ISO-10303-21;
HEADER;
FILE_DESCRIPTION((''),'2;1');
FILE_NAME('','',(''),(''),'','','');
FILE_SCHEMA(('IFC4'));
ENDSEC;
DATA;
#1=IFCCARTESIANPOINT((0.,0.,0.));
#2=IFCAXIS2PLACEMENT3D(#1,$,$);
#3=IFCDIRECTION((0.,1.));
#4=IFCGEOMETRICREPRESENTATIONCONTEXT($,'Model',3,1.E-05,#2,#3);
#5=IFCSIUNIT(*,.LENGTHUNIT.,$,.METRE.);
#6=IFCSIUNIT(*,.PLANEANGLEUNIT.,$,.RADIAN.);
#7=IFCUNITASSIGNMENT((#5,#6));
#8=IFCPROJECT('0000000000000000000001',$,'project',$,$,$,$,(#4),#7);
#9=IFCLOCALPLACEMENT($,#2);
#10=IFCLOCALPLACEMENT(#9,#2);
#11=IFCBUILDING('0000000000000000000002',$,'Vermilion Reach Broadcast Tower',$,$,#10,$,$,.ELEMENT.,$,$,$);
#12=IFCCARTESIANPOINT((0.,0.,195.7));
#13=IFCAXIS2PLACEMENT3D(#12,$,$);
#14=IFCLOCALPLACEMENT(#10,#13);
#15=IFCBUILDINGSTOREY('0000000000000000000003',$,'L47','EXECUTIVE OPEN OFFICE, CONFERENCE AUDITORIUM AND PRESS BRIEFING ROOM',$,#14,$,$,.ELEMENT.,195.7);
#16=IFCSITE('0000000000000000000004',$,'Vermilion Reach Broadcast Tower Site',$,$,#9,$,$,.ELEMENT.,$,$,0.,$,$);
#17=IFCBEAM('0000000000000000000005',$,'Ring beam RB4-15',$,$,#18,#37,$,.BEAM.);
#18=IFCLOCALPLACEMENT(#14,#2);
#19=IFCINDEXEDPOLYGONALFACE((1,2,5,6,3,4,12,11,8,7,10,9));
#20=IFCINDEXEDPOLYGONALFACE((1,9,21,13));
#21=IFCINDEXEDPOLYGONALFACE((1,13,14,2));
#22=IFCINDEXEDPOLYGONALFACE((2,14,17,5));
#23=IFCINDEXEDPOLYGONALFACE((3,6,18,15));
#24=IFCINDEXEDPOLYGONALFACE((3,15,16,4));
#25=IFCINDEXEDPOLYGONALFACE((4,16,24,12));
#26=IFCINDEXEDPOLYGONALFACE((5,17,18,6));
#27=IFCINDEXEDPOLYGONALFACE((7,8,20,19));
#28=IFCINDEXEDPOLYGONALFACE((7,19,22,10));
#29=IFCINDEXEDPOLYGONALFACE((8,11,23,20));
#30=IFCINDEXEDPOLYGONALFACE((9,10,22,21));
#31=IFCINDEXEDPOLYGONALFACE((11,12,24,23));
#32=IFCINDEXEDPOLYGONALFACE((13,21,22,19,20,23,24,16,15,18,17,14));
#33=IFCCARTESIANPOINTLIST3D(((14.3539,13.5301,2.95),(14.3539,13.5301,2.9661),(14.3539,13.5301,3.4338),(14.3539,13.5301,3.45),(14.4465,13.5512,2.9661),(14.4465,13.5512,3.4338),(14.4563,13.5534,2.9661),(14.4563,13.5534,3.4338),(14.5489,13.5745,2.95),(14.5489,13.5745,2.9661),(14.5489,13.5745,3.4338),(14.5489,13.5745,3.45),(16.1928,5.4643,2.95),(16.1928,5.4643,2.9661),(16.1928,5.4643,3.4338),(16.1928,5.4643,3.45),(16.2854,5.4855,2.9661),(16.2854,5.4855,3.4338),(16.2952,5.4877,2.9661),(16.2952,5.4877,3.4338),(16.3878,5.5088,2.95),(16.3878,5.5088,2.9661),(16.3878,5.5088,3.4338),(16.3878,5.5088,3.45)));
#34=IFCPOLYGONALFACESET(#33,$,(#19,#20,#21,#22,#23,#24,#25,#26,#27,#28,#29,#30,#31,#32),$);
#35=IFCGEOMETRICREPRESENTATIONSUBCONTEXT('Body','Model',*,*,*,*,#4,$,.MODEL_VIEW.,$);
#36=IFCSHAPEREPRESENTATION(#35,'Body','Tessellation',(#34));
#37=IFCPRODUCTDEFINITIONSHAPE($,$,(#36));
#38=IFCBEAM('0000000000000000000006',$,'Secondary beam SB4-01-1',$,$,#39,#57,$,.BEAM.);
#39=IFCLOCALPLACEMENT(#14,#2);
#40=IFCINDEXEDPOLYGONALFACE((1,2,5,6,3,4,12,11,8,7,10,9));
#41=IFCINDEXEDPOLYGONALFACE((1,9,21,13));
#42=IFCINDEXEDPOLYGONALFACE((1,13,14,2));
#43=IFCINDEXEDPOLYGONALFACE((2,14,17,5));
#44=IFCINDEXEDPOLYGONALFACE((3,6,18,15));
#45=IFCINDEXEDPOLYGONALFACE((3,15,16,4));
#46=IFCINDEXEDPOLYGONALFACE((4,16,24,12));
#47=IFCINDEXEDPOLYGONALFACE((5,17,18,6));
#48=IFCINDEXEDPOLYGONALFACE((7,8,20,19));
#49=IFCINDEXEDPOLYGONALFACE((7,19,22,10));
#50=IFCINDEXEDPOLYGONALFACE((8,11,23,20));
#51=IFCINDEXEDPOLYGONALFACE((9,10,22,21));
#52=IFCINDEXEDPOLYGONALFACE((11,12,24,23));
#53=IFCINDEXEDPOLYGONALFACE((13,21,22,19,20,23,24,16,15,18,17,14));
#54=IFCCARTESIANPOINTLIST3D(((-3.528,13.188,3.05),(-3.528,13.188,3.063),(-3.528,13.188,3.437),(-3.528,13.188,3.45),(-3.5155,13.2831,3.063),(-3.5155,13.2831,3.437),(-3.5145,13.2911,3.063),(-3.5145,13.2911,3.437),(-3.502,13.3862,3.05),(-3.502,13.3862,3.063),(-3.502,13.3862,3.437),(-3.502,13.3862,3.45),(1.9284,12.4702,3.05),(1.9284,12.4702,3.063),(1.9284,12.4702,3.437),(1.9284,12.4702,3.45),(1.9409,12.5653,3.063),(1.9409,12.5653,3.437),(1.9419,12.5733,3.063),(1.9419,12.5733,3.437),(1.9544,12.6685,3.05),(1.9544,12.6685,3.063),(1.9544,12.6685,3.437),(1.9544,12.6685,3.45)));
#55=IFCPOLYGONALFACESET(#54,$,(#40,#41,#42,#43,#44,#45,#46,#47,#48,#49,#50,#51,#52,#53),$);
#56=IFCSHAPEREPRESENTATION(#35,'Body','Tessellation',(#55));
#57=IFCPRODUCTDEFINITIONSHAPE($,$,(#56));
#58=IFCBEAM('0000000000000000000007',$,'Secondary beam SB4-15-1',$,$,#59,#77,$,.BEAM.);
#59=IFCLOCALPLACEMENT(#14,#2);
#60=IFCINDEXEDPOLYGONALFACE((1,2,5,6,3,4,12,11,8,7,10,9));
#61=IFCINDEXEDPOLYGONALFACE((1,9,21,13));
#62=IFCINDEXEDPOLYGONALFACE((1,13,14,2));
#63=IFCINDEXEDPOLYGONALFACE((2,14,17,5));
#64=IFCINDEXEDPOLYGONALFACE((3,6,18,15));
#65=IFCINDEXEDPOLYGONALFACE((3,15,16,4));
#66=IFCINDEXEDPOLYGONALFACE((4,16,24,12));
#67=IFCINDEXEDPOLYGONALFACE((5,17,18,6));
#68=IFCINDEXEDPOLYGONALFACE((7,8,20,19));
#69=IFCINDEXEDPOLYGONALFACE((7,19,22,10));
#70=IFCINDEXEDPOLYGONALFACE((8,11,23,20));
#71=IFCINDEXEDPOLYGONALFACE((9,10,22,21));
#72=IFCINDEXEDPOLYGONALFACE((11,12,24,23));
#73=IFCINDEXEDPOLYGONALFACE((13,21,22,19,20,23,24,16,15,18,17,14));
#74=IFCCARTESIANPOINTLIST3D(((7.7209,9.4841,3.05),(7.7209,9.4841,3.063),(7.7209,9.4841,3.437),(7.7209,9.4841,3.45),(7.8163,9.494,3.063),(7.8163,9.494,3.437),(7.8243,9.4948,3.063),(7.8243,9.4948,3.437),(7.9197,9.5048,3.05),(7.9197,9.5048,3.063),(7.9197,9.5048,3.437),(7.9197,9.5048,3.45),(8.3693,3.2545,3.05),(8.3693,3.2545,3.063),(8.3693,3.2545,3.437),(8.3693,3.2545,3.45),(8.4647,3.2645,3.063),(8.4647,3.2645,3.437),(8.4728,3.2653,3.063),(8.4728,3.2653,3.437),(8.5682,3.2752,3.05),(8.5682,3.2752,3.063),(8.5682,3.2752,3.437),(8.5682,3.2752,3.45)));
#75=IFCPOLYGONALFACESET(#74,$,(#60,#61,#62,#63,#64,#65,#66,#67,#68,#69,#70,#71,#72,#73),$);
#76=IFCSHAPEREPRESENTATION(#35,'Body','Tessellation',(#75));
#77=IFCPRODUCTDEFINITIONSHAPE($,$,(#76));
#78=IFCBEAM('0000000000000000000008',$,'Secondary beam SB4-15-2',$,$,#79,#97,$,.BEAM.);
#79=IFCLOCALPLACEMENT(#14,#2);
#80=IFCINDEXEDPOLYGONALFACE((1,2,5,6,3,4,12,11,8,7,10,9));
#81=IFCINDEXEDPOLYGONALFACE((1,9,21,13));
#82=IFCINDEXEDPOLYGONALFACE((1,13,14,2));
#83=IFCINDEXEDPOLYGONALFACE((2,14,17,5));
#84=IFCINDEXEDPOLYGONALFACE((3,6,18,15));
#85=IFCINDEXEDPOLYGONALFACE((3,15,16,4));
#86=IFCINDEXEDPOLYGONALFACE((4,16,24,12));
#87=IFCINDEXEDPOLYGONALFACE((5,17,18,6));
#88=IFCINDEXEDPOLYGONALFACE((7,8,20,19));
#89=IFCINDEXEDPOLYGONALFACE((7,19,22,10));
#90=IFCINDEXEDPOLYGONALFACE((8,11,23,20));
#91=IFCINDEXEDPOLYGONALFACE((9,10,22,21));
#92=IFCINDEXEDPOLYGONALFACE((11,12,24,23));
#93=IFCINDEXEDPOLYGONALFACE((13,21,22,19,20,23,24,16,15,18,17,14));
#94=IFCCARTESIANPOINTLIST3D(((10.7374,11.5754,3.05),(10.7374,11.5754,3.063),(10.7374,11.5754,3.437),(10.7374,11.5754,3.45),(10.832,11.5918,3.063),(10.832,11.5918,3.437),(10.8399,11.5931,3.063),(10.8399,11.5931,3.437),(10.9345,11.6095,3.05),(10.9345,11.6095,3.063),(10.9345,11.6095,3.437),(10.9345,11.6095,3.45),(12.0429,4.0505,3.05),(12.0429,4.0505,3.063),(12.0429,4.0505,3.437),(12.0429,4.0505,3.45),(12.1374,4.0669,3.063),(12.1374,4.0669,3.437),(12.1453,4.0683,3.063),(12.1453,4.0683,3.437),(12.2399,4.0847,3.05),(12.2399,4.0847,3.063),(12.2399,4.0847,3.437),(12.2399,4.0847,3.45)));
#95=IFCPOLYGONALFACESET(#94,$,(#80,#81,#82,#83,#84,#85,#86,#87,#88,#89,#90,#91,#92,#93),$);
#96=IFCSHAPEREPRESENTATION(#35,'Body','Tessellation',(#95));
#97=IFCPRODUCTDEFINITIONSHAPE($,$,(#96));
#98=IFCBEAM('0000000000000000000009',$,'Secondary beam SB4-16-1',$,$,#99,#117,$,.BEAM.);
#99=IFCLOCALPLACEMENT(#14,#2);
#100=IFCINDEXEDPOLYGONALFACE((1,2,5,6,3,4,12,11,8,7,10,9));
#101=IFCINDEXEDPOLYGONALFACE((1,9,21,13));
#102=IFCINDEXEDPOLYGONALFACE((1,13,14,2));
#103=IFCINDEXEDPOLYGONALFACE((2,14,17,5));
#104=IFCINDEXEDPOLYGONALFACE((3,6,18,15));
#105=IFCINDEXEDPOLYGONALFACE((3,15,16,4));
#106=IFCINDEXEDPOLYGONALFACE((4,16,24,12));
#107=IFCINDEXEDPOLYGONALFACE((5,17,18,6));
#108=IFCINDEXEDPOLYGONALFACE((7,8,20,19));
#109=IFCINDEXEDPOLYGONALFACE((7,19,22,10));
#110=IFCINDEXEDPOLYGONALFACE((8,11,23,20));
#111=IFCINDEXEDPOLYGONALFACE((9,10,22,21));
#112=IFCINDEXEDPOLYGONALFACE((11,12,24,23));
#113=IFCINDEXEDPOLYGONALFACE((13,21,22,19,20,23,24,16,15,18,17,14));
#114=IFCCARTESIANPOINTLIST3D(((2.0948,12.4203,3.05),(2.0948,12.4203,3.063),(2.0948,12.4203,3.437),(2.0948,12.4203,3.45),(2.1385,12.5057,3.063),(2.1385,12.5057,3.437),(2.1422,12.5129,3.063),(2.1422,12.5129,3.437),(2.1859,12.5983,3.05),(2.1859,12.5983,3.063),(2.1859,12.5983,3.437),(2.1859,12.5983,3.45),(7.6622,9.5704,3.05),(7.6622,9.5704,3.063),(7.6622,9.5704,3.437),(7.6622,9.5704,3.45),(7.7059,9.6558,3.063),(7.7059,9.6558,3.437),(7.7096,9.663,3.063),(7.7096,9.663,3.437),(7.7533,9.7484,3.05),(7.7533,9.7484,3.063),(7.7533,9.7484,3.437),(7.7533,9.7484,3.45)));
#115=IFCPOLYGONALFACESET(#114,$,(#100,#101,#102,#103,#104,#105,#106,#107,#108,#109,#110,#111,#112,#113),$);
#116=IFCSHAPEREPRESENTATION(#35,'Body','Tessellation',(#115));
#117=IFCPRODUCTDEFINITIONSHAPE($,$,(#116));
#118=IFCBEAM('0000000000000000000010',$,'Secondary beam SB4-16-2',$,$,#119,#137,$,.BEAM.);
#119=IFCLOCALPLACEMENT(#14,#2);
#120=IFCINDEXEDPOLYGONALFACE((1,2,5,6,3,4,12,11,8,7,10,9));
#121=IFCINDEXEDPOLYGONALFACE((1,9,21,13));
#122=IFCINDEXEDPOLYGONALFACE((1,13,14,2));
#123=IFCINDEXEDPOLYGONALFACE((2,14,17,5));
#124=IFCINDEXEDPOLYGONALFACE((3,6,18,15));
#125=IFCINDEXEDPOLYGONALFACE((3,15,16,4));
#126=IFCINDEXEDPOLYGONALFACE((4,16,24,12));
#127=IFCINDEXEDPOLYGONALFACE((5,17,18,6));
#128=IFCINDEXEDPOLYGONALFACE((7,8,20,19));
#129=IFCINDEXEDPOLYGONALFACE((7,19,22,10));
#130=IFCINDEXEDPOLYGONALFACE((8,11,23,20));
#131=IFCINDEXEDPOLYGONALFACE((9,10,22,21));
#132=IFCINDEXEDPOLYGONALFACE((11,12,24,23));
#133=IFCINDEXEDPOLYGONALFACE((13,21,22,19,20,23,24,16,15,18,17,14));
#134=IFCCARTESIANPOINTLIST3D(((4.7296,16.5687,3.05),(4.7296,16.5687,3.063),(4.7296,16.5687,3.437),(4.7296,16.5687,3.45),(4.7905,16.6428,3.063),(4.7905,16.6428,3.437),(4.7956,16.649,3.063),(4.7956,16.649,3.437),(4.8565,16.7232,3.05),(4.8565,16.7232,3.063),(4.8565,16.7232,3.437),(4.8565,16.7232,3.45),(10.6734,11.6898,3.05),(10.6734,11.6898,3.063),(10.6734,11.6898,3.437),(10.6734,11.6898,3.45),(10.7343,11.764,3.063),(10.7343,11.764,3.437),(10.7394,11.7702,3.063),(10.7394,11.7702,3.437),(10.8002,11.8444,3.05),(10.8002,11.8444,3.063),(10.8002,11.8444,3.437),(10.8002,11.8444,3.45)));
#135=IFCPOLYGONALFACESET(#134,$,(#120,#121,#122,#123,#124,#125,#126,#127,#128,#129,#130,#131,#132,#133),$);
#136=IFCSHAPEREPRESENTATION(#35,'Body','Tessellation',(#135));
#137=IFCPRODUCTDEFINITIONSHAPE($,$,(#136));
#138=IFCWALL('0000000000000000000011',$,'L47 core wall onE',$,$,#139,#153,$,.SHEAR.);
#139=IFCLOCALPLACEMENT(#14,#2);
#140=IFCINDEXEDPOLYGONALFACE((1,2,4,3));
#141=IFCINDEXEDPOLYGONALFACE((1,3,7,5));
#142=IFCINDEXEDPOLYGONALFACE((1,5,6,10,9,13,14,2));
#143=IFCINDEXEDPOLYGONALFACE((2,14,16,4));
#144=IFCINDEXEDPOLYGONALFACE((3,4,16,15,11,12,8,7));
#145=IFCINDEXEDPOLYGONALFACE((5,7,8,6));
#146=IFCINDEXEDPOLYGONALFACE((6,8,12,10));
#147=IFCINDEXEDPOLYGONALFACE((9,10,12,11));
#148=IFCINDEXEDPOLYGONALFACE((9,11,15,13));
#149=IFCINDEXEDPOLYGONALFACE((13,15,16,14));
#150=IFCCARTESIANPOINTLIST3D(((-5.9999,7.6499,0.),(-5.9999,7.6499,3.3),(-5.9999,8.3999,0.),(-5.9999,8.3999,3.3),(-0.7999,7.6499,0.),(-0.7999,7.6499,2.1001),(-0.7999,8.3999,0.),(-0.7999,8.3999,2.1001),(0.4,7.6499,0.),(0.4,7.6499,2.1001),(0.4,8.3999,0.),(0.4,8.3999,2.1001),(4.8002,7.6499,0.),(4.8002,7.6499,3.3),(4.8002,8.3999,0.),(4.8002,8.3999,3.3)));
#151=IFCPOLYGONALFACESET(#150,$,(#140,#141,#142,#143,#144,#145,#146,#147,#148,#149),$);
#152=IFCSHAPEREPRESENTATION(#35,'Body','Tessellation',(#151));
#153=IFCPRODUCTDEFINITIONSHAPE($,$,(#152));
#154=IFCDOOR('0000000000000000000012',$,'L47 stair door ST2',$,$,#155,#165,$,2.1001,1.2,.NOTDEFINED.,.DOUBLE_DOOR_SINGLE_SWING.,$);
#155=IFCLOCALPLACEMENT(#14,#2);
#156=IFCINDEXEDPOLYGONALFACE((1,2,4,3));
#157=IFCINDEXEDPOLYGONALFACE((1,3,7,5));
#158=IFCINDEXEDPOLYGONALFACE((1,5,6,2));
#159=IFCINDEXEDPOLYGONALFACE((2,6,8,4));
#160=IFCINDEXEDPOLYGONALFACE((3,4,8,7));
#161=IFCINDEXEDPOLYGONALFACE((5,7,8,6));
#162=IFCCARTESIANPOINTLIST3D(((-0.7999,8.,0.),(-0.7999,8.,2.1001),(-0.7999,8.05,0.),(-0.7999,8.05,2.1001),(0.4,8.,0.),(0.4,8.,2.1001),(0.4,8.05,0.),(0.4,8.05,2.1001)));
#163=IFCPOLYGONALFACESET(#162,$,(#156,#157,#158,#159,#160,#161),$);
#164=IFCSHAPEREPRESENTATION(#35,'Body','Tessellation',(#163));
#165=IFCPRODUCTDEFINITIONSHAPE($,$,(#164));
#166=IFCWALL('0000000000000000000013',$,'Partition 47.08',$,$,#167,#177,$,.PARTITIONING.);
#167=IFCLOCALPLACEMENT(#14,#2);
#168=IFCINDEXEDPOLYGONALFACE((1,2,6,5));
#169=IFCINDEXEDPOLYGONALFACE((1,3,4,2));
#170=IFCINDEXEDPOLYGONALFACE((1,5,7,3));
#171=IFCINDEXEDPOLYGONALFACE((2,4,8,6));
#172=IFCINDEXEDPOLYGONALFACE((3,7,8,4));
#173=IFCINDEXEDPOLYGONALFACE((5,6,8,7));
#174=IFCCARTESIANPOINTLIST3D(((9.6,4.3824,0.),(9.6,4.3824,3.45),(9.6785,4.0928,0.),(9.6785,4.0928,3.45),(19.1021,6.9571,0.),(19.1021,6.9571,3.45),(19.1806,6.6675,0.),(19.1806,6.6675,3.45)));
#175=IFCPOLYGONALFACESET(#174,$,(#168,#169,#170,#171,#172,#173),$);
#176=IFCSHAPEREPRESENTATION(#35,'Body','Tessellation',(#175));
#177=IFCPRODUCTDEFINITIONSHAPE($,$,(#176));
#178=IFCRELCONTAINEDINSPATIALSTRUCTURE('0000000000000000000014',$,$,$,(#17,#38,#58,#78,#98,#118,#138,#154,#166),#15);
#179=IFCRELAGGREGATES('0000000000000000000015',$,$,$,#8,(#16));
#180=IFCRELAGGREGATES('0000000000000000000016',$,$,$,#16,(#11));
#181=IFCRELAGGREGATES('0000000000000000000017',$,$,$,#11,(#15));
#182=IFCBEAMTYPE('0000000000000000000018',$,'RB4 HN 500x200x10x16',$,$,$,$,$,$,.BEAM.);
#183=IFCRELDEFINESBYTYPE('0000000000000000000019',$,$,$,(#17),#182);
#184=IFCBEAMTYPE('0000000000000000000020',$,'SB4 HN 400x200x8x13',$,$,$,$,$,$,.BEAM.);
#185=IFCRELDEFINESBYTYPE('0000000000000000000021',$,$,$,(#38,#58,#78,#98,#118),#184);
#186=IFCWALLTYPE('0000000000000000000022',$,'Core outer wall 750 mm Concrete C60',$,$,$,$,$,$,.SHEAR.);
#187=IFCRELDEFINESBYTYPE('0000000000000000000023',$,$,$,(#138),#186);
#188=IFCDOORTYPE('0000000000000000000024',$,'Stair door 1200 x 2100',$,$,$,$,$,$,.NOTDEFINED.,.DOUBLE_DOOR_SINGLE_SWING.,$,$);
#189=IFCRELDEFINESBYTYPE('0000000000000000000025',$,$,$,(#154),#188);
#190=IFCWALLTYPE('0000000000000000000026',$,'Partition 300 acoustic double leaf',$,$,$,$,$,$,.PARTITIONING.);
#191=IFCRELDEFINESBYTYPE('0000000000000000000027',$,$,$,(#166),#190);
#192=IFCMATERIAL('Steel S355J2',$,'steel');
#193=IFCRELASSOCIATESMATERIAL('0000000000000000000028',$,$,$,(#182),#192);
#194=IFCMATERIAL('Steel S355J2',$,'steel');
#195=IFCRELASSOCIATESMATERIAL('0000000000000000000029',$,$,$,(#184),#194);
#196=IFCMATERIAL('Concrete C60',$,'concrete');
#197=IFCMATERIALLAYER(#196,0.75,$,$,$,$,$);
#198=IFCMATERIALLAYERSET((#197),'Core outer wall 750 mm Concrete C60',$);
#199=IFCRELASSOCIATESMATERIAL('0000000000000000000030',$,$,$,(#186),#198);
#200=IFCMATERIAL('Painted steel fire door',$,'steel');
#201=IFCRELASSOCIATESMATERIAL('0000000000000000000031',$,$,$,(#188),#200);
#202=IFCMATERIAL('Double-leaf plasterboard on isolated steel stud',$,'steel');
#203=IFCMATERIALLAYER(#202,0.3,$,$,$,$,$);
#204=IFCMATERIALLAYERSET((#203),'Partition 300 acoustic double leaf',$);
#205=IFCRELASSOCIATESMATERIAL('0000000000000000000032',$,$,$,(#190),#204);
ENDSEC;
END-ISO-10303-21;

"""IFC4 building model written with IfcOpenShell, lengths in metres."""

from ifc_helpers import new_model, si_unit, direction, frame, frame_2d, origin, origin_2d, place, context, subcontext, project, spatial, rectangle, i_section, extrude, material, layer, layer_set, material_profile, profile_set, type_object, element, fill, save


model = new_model("IFC4")

# Units and contexts
model_context = context("Model", 3, precision=1e-05, world=origin(), true_north=direction((0.0, 1.0)))
body_context = subcontext(model_context, "Body", "Model", "MODEL_VIEW")
ifc_project = project(units=[si_unit("LENGTHUNIT", "METRE"), si_unit("PLANEANGLEUNIT", "RADIAN")], contexts=[model_context])

# Site, building, storey
site_placement = place(None, origin())
site = spatial("IfcSite", under=ifc_project, at=site_placement, Name="Vermilion Reach Broadcast Tower Site", CompositionType="ELEMENT", RefElevation=0.0)
building_placement = place(site_placement, origin())
building = spatial("IfcBuilding", under=site, at=building_placement, Name="Vermilion Reach Broadcast Tower", CompositionType="ELEMENT")
storey_placement = place(building_placement, frame((0.0, 0.0, 195.7)))
storey = spatial("IfcBuildingStorey", under=building, at=storey_placement, Name="L47", Description="EXECUTIVE OPEN OFFICE, CONFERENCE AUDITORIUM AND PRESS BRIEFING ROOM", CompositionType="ELEMENT", Elevation=195.7)

# Beams
ifc_material_1 = material(Name="Steel S355J2", Category="steel")
ifc_material_profile_1 = material_profile(ifc_material_1, i_section(OverallWidth=0.2, OverallDepth=0.5, WebThickness=0.01, FlangeThickness=0.0161, at=origin_2d()), Name="S355J2 HN 500x200x10x16")
ifc_profile_set_1 = profile_set([ifc_material_profile_1], Name="Steel S355J2")
beam_type_1 = type_object("IfcBeamType", Name="RB4 HN 500x200x10x16", PredefinedType="BEAM", material=ifc_profile_set_1)
beam_1_placement = place(storey_placement, frame((16.2903, 5.4866, 3.2), z_axis=(-0.222283, 0.974982, 0.0), x_axis=(-0.974982, -0.222283, 0.0)))
element("IfcBeam", 1, at=beam_1_placement, inside=storey, type_object=beam_type_1, Name="Ring beam RB4-15", PredefinedType="BEAM", context=body_context, shape_type="SweptSolid", body=[
    extrude(i_section(OverallWidth=0.2, OverallDepth=0.5, WebThickness=0.01, FlangeThickness=0.0161, at=origin_2d()), origin(), (0.0, 0.0, 1.0), 8.2727),
])
ifc_material_2 = material(Name="Steel S355J2", Category="steel")
ifc_material_profile_2 = material_profile(ifc_material_2, i_section(OverallWidth=0.2, OverallDepth=0.3999, WebThickness=0.0081, FlangeThickness=0.0129, at=origin_2d()), Name="S355J2 HN 400x200x8x13")
ifc_profile_set_2 = profile_set([ifc_material_profile_2], Name="Steel S355J2")
beam_type_2 = type_object("IfcBeamType", Name="SB4 HN 400x200x8x13", PredefinedType="BEAM", material=ifc_profile_set_2)
beam_2_placement = place(storey_placement, frame((1.9414, 12.5693, 3.25), z_axis=(-0.991458, 0.130426, 0.0), x_axis=(-0.130426, -0.991458, 0.0)))
element("IfcBeam", 2, at=beam_2_placement, inside=storey, type_object=beam_type_2, Name="Secondary beam SB4-01-1", PredefinedType="BEAM", context=body_context, shape_type="SweptSolid", body=[
    extrude(i_section(OverallWidth=0.2, OverallDepth=0.3999, WebThickness=0.0081, FlangeThickness=0.0129, at=origin_2d()), origin(), (0.0, 0.0, 1.0), 5.5034),
])
beam_3_placement = place(storey_placement, frame((8.4688, 3.2649, 3.25), z_axis=(-0.103532, 0.994626, 0.0), x_axis=(-0.994626, -0.103532, 0.0)))
element("IfcBeam", 3, at=beam_3_placement, inside=storey, type_object=beam_type_2, Name="Secondary beam SB4-15-1", PredefinedType="BEAM", context=body_context, shape_type="SweptSolid", body=[
    extrude(i_section(OverallWidth=0.2, OverallDepth=0.3999, WebThickness=0.0081, FlangeThickness=0.0129, at=origin_2d()), origin(), (0.0, 0.0, 1.0), 6.2632),
])
beam_4_placement = place(storey_placement, frame((12.1414, 4.0676, 3.25), z_axis=(-0.170927, 0.985284, 0.0), x_axis=(-0.985284, -0.170927, 0.0)))
element("IfcBeam", 4, at=beam_4_placement, inside=storey, type_object=beam_type_2, Name="Secondary beam SB4-15-2", PredefinedType="BEAM", context=body_context, shape_type="SweptSolid", body=[
    extrude(i_section(OverallWidth=0.2, OverallDepth=0.3999, WebThickness=0.0081, FlangeThickness=0.0129, at=origin_2d()), origin(), (0.0, 0.0, 1.0), 7.6372),
])
beam_5_placement = place(storey_placement, frame((7.7078, 9.6594, 3.25), z_axis=(-0.890156, 0.455656, 0.0), x_axis=(-0.455656, -0.890156, 0.0)))
element("IfcBeam", 5, at=beam_5_placement, inside=storey, type_object=beam_type_2, Name="Secondary beam SB4-16-1", PredefinedType="BEAM", context=body_context, shape_type="SweptSolid", body=[
    extrude(i_section(OverallWidth=0.2, OverallDepth=0.3999, WebThickness=0.0081, FlangeThickness=0.0129, at=origin_2d()), origin(), (0.0, 0.0, 1.0), 6.2544),
])
beam_6_placement = place(storey_placement, frame((10.7368, 11.7671, 3.25), z_axis=(-0.772952, 0.634465, 0.0), x_axis=(-0.634465, -0.772952, 0.0)))
element("IfcBeam", 6, at=beam_6_placement, inside=storey, type_object=beam_type_2, Name="Secondary beam SB4-16-2", PredefinedType="BEAM", context=body_context, shape_type="SweptSolid", body=[
    extrude(i_section(OverallWidth=0.2, OverallDepth=0.3999, WebThickness=0.0081, FlangeThickness=0.0129, at=origin_2d()), origin(), (0.0, 0.0, 1.0), 7.6897),
])

# Wall, opening, door
ifc_material_3 = material(Name="Concrete C60", Category="concrete")
ifc_layer_1 = layer(ifc_material_3, 0.75)
ifc_layer_set_1 = layer_set([ifc_layer_1], Name="Core outer wall 750 mm Concrete C60")
wall_type_1 = type_object("IfcWallType", Name="Core outer wall 750 mm Concrete C60", PredefinedType="SHEAR", material=ifc_layer_set_1)
wall_1_placement = place(storey_placement, frame((4.8, 8.0249, 0.0), z_axis=(0.0, 0.0, 1.0), x_axis=(-1.0, 0.0, 0.0)))
wall_1 = element("IfcWall", 7, at=wall_1_placement, inside=storey, type_object=wall_type_1, Name="L47 core wall onE", PredefinedType="SHEAR", context=body_context, shape_type="SweptSolid", body=[
    extrude(rectangle(XDim=10.8, YDim=0.75, at=frame_2d((5.3999, 0.0))), origin(), (0.0, 0.0, 1.0), 3.3),
])
opening_1_placement = place(wall_1_placement, frame((4.3999, 0.0, 0.0)))
opening_1 = element("IfcOpeningElement", 8, at=opening_1_placement, cuts=wall_1, PredefinedType="OPENING", context=body_context, shape_type="SweptSolid", body=[
    extrude(rectangle(XDim=1.2, YDim=2.1001, at=frame_2d((0.6001, 1.05))), frame((0.0, 0.385, 0.0), z_axis=(0.0, -1.0, 0.0), x_axis=(1.0, 0.0, 0.0)), (0.0, 0.0, 1.0), 0.77),
])
ifc_material_4 = material(Name="Painted steel fire door", Category="steel")
door_type_1 = type_object("IfcDoorType", Name="Stair door 1200 x 2100", OperationType="DOUBLE_DOOR_SINGLE_SWING", PredefinedType="NOTDEFINED", material=ifc_material_4)
door_1_placement = place(opening_1_placement, origin())
door_1 = element("IfcDoor", 9, at=door_1_placement, inside=storey, type_object=door_type_1, Name="L47 stair door ST2", OperationType="DOUBLE_DOOR_SINGLE_SWING", OverallHeight=2.1001, OverallWidth=1.2, PredefinedType="NOTDEFINED", context=body_context, shape_type="SweptSolid", body=[
    extrude(rectangle(XDim=1.2, YDim=2.1001, at=frame_2d((0.6001, 1.05))), frame((0.0, 0.0249, 0.0), z_axis=(0.0, -1.0, 0.0), x_axis=(1.0, 0.0, 0.0)), (0.0, 0.0, 1.0), 0.05),
])
fill(opening_1, door_1)

# Wall
ifc_material_5 = material(Name="Double-leaf plasterboard on isolated steel stud", Category="steel")
ifc_layer_2 = layer(ifc_material_5, 0.3)
ifc_layer_set_2 = layer_set([ifc_layer_2], Name="Partition 300 acoustic double leaf")
wall_type_2 = type_object("IfcWallType", Name="Partition 300 acoustic double leaf", PredefinedType="PARTITIONING", material=ifc_layer_set_2)
wall_2_placement = place(storey_placement, frame((19.1414, 6.8123, 0.0), z_axis=(0.0, 0.0, 1.0), x_axis=(-0.965196, -0.261529, 0.0)))
element("IfcWall", 10, at=wall_2_placement, inside=storey, type_object=wall_type_2, Name="Partition 47.08", PredefinedType="PARTITIONING", context=body_context, shape_type="SweptSolid", body=[
    extrude(rectangle(XDim=9.8447, YDim=0.3, at=frame_2d((4.9224, 0.0))), origin(), (0.0, 0.0, 1.0), 3.45),
])

save(model, "model.ifc")
